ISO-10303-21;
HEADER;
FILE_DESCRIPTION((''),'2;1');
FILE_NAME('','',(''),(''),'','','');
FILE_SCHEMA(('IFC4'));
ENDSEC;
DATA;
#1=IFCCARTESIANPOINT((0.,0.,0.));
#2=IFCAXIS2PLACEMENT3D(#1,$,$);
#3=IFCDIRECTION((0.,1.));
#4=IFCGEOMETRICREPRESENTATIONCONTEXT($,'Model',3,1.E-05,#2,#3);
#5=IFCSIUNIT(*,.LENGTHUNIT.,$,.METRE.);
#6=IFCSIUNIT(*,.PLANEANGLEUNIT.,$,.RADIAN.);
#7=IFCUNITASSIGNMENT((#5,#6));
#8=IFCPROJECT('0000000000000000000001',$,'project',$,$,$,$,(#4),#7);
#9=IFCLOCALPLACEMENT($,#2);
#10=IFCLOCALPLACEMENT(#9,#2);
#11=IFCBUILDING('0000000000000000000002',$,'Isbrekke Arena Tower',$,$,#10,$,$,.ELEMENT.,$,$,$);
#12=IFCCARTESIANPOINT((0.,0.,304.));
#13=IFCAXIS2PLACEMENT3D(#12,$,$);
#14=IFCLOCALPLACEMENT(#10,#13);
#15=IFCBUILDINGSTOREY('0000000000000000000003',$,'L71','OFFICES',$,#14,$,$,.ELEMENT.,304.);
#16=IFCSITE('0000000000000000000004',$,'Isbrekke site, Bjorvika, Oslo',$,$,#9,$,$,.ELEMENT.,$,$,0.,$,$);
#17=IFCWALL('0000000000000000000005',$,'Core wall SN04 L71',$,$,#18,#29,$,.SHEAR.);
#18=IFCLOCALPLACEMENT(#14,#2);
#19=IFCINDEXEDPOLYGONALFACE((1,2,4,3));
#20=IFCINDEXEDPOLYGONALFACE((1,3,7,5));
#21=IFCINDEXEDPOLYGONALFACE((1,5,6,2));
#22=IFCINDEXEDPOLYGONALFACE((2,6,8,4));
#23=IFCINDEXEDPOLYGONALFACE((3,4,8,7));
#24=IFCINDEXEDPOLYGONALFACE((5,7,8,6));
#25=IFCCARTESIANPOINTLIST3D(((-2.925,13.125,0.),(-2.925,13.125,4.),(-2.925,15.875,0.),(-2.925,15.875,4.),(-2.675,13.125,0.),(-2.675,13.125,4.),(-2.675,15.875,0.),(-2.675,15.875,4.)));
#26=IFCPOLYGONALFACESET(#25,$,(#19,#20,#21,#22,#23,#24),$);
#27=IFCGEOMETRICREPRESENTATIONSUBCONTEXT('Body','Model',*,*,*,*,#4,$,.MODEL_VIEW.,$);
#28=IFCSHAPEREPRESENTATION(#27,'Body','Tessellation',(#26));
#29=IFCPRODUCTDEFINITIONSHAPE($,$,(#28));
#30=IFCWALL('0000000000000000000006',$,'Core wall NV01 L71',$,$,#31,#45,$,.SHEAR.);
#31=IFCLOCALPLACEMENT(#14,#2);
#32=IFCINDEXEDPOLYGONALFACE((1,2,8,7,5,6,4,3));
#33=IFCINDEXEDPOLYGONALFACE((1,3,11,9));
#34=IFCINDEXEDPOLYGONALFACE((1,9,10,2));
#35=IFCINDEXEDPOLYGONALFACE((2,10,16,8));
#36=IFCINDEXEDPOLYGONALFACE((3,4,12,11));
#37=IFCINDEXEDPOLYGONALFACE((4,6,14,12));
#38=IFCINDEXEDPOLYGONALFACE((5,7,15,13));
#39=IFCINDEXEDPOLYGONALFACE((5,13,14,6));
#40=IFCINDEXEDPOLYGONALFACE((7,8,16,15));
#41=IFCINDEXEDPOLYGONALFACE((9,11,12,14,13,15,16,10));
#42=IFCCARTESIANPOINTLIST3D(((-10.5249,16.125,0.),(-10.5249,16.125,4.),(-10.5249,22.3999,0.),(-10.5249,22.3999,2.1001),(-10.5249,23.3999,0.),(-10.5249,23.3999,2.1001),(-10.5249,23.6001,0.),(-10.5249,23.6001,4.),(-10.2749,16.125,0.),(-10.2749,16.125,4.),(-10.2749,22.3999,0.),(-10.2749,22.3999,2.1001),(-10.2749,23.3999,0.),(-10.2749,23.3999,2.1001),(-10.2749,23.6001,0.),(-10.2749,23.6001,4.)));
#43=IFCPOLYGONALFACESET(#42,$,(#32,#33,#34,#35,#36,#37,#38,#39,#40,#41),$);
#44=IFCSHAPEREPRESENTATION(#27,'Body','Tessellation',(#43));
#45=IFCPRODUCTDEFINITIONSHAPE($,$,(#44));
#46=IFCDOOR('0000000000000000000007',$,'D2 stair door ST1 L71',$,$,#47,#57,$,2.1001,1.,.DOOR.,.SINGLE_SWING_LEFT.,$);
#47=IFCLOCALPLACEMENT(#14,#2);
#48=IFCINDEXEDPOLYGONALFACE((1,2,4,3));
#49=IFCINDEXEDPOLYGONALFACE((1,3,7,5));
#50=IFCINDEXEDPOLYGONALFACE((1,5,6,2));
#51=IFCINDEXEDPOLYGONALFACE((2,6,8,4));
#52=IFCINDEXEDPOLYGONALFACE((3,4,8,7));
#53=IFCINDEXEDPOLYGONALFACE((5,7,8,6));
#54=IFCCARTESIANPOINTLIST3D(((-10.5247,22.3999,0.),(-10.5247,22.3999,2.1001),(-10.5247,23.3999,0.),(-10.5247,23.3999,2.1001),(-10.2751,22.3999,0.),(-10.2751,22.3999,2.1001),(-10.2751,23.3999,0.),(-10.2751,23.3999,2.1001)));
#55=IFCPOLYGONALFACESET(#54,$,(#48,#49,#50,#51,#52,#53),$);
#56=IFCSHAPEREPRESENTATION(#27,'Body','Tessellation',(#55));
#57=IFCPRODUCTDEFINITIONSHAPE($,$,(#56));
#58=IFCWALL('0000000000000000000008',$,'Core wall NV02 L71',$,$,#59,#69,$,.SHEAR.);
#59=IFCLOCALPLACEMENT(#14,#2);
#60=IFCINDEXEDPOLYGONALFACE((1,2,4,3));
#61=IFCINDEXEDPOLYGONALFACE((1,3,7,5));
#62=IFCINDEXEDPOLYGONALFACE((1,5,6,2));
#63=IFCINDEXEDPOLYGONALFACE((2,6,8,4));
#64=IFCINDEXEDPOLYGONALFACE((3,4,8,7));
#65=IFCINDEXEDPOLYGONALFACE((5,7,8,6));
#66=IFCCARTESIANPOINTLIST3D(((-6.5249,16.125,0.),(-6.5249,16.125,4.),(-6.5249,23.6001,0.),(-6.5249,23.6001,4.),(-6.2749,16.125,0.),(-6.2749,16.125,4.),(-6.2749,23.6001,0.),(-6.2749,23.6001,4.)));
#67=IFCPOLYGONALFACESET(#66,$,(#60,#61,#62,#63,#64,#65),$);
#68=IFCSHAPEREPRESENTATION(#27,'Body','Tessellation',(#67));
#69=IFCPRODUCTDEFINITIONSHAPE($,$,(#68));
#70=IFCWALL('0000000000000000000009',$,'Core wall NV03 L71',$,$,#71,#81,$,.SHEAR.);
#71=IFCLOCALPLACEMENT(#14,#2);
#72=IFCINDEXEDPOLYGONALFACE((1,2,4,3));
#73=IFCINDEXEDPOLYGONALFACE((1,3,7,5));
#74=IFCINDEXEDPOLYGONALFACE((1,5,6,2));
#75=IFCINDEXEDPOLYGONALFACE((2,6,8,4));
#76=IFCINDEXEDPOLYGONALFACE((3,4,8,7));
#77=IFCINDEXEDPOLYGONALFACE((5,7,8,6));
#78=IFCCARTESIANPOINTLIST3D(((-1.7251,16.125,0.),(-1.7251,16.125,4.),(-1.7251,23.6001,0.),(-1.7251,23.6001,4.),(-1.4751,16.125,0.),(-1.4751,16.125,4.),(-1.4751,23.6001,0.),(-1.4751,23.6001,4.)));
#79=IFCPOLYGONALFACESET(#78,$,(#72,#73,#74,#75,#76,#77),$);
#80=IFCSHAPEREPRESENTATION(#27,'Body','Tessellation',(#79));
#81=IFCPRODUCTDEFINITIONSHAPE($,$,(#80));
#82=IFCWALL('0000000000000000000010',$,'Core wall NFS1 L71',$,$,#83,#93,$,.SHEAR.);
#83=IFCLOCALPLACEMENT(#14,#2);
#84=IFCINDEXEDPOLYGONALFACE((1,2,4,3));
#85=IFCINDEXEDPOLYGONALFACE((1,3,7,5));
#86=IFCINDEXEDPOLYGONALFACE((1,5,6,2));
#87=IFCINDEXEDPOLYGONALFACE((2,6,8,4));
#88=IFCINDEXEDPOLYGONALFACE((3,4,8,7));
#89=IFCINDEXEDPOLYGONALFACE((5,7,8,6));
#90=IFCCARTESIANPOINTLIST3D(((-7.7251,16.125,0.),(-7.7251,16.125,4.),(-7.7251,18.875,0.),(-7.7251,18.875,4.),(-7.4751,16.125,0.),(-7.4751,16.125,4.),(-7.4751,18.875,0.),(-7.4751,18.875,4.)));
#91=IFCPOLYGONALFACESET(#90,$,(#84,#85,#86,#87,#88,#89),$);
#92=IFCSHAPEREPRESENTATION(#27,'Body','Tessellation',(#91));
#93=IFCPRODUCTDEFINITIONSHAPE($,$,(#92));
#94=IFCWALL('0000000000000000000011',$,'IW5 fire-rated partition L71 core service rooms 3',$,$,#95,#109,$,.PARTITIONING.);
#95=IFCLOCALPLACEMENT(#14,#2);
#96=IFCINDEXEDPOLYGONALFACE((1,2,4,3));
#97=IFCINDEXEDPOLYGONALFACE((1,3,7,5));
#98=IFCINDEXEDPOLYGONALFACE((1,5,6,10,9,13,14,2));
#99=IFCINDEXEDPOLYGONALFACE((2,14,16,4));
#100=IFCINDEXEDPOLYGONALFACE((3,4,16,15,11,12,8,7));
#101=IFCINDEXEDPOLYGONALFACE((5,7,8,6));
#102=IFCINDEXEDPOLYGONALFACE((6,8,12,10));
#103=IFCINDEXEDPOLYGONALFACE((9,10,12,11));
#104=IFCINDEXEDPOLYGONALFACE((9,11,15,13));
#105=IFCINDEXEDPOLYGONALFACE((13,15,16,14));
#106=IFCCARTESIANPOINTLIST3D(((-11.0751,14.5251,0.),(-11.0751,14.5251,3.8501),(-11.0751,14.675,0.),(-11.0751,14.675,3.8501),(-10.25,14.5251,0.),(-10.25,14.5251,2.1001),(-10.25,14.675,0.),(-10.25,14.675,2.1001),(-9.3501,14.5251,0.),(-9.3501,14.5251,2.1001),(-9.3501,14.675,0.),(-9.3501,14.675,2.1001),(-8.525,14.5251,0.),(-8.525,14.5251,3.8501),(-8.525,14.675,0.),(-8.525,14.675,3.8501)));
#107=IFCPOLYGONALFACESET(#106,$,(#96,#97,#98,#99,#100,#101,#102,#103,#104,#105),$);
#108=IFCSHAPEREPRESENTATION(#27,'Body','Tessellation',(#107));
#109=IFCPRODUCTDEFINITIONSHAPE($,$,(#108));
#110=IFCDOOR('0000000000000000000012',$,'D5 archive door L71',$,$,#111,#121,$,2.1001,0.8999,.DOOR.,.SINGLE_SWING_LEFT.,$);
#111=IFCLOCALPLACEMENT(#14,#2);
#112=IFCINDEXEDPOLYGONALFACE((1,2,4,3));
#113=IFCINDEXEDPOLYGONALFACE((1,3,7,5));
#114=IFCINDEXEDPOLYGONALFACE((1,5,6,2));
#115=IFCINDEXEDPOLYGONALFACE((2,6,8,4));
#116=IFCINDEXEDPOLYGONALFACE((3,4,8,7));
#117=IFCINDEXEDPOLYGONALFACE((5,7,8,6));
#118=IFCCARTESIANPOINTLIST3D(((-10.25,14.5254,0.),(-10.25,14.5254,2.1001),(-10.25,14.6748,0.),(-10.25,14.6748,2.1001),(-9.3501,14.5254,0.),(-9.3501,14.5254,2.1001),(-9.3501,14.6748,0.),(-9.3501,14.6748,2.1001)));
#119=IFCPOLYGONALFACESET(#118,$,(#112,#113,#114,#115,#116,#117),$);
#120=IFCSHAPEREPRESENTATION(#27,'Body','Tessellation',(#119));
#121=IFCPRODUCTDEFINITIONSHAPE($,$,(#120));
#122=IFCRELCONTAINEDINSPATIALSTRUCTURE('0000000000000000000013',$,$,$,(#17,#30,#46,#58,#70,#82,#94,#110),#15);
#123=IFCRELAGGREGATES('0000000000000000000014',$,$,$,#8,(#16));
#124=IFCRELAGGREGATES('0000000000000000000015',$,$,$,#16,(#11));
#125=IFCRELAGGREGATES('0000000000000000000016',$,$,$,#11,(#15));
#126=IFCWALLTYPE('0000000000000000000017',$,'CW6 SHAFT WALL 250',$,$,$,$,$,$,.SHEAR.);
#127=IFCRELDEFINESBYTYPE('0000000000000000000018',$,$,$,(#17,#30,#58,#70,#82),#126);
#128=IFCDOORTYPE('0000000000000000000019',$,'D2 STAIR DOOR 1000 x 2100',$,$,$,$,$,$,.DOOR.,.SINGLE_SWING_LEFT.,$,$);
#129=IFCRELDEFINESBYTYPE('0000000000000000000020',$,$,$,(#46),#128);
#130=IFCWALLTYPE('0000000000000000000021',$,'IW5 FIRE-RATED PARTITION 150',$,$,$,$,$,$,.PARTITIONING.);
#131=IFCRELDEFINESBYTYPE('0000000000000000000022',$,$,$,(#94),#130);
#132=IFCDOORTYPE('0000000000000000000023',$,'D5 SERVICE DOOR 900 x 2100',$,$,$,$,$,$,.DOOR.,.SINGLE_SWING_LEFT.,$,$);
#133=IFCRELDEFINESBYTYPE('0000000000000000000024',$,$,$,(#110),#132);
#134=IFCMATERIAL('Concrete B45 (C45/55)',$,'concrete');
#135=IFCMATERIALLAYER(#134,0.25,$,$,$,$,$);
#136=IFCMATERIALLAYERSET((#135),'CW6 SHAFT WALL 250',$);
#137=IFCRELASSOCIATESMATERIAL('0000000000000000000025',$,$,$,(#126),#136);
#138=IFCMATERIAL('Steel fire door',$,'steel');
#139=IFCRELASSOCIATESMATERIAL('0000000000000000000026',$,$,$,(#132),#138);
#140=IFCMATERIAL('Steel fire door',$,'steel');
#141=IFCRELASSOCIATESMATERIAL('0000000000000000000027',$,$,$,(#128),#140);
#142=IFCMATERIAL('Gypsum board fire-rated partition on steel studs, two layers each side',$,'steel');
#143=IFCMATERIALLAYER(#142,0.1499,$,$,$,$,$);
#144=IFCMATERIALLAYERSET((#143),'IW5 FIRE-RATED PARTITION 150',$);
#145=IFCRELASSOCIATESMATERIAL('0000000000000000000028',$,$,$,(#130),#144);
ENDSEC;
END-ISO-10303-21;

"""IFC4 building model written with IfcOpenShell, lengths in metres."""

from ifc_helpers import new_model, si_unit, direction, frame, frame_2d, origin, place, context, subcontext, project, spatial, rectangle, extrude, material, layer, layer_set, type_object, element, fill, save


model = new_model("IFC4")

# Units and contexts
model_context = context("Model", 3, precision=1e-05, world=origin(), true_north=direction((0.0, 1.0)))
body_context = subcontext(model_context, "Body", "Model", "MODEL_VIEW")
ifc_project = project(units=[si_unit("LENGTHUNIT", "METRE"), si_unit("PLANEANGLEUNIT", "RADIAN")], contexts=[model_context])

# Site, building, storey
site_placement = place(None, origin())
site = spatial("IfcSite", under=ifc_project, at=site_placement, Name="Isbrekke site, Bjorvika, Oslo", CompositionType="ELEMENT", RefElevation=0.0)
building_placement = place(site_placement, origin())
building = spatial("IfcBuilding", under=site, at=building_placement, Name="Isbrekke Arena Tower", CompositionType="ELEMENT")
storey_placement = place(building_placement, frame((0.0, 0.0, 304.0)))
storey = spatial("IfcBuildingStorey", under=building, at=storey_placement, Name="L71", Description="OFFICES", CompositionType="ELEMENT", Elevation=304.0)

# Shared definitions
ifc_material_1 = material(Name="Concrete B45 (C45/55)", Category="concrete")
ifc_layer_1 = layer(ifc_material_1, 0.25)
ifc_layer_set_1 = layer_set([ifc_layer_1], Name="CW6 SHAFT WALL 250")
wall_type_1 = type_object("IfcWallType", Name="CW6 SHAFT WALL 250", PredefinedType="SHEAR", material=ifc_layer_set_1)
ifc_material_2 = material(Name="Steel fire door", Category="steel")
door_type_1 = type_object("IfcDoorType", Name="D5 SERVICE DOOR 900 x 2100", OperationType="SINGLE_SWING_LEFT", PredefinedType="DOOR", material=ifc_material_2)

# Wall
for number, where, z_axis, x_axis, name in (
    (1, (-2.8, 13.125, 0.0), (0.0, 0.0, 1.0), (0.0, 1.0, 0.0), "Core wall SN04 L71"),
):
    element("IfcWall", number, at=place(storey_placement, frame(where, z_axis=z_axis, x_axis=x_axis)), inside=storey, type_object=wall_type_1, Name=name, PredefinedType="SHEAR", context=body_context, shape_type="SweptSolid", body=[
        extrude(rectangle(XDim=2.75, YDim=0.25, at=frame_2d((1.375, 0.0))), origin(), (0.0, 0.0, 1.0), 4.0),
    ])

# Wall, opening, door
wall_1_placement = place(storey_placement, frame((-10.3999, 16.125, 0.0), z_axis=(0.0, 0.0, 1.0), x_axis=(0.0, 1.0, 0.0)))
wall_1 = element("IfcWall", 2, at=wall_1_placement, inside=storey, type_object=wall_type_1, Name="Core wall NV01 L71", PredefinedType="SHEAR", context=body_context, shape_type="SweptSolid", body=[
    extrude(rectangle(XDim=7.4751, YDim=0.25, at=frame_2d((3.7375, 0.0))), origin(), (0.0, 0.0, 1.0), 4.0),
])
opening_1_placement = place(wall_1_placement, frame((6.2749, 0.0, 0.0)))
opening_1 = element("IfcOpeningElement", 3, at=opening_1_placement, cuts=wall_1, PredefinedType="OPENING", context=body_context, shape_type="SweptSolid", body=[
    extrude(rectangle(XDim=1.0, YDim=2.1001, at=frame_2d((0.5, 1.05))), frame((0.0, 0.1399, 0.0), z_axis=(0.0, -1.0, 0.0), x_axis=(1.0, 0.0, 0.0)), (0.0, 0.0, 1.0), 0.2798),
])
ifc_material_3 = material(Name="Steel fire door", Category="steel")
door_type_2 = type_object("IfcDoorType", Name="D2 STAIR DOOR 1000 x 2100", OperationType="SINGLE_SWING_LEFT", PredefinedType="DOOR", material=ifc_material_3)
door_1_placement = place(opening_1_placement, origin())
door_1 = element("IfcDoor", 4, at=door_1_placement, inside=storey, type_object=door_type_2, Name="D2 stair door ST1 L71", OperationType="SINGLE_SWING_LEFT", OverallHeight=2.1001, OverallWidth=1.0, PredefinedType="DOOR", context=body_context, shape_type="SweptSolid", body=[
    extrude(rectangle(XDim=1.0, YDim=2.1001, at=frame_2d((0.5, 1.05))), frame((0.0, 0.1248, 0.0), z_axis=(0.0, -1.0, 0.0), x_axis=(1.0, 0.0, 0.0)), (0.0, 0.0, 1.0), 0.2495),
])
fill(opening_1, door_1)

# Walls
for number, where, z_axis, x_axis, name in (
    (5, (-6.3999, 16.125, 0.0), (0.0, 0.0, 1.0), (0.0, 1.0, 0.0), "Core wall NV02 L71"),
    (6, (-1.6001, 16.125, 0.0), (0.0, 0.0, 1.0), (0.0, 1.0, 0.0), "Core wall NV03 L71"),
):
    element("IfcWall", number, at=place(storey_placement, frame(where, z_axis=z_axis, x_axis=x_axis)), inside=storey, type_object=wall_type_1, Name=name, PredefinedType="SHEAR", context=body_context, shape_type="SweptSolid", body=[
        extrude(rectangle(XDim=7.4751, YDim=0.25, at=frame_2d((3.7375, 0.0))), origin(), (0.0, 0.0, 1.0), 4.0),
    ])
wall_2_placement = place(storey_placement, frame((-7.6001, 16.125, 0.0), z_axis=(0.0, 0.0, 1.0), x_axis=(0.0, 1.0, 0.0)))
element("IfcWall", 7, at=wall_2_placement, inside=storey, type_object=wall_type_1, Name="Core wall NFS1 L71", PredefinedType="SHEAR", context=body_context, shape_type="SweptSolid", body=[
    extrude(rectangle(XDim=2.75, YDim=0.25, at=frame_2d((1.375, 0.0))), origin(), (0.0, 0.0, 1.0), 4.0),
])

# Wall, opening, door
ifc_material_4 = material(Name="Gypsum board fire-rated partition on steel studs, two layers each side", Category="steel")
ifc_layer_2 = layer(ifc_material_4, 0.1499)
ifc_layer_set_2 = layer_set([ifc_layer_2], Name="IW5 FIRE-RATED PARTITION 150")
wall_type_2 = type_object("IfcWallType", Name="IW5 FIRE-RATED PARTITION 150", PredefinedType="PARTITIONING", material=ifc_layer_set_2)
wall_3_placement = place(storey_placement, frame((-11.075, 14.6001, 0.0), z_axis=(0.0, 0.0, 1.0), x_axis=(1.0, 0.0, 0.0)))
wall_3 = element("IfcWall", 8, at=wall_3_placement, inside=storey, type_object=wall_type_2, Name="IW5 fire-rated partition L71 core service rooms 3", PredefinedType="PARTITIONING", context=body_context, shape_type="SweptSolid", body=[
    extrude(rectangle(XDim=2.55, YDim=0.1499, at=frame_2d((1.2749, 0.0))), origin(), (0.0, 0.0, 1.0), 3.8501),
])
opening_2_placement = place(wall_3_placement, frame((0.825, 0.0, 0.0)))
opening_2 = element("IfcOpeningElement", 9, at=opening_2_placement, cuts=wall_3, PredefinedType="OPENING", context=body_context, shape_type="SweptSolid", body=[
    extrude(rectangle(XDim=0.8999, YDim=2.1001, at=frame_2d((0.45, 1.05))), frame((0.0, 0.0898, 0.0), z_axis=(0.0, -1.0, 0.0), x_axis=(1.0, 0.0, 0.0)), (0.0, 0.0, 1.0), 0.1797),
])
door_2_placement = place(opening_2_placement, origin())
door_2 = element("IfcDoor", 10, at=door_2_placement, inside=storey, type_object=door_type_1, Name="D5 archive door L71", OperationType="SINGLE_SWING_LEFT", OverallHeight=2.1001, OverallWidth=0.8999, PredefinedType="DOOR", context=body_context, shape_type="SweptSolid", body=[
    extrude(rectangle(XDim=0.8999, YDim=2.1001, at=frame_2d((0.45, 1.05))), frame((0.0, 0.0747, 0.0), z_axis=(0.0, -1.0, 0.0), x_axis=(1.0, 0.0, 0.0)), (0.0, 0.0, 1.0), 0.1494),
])
fill(opening_2, door_2)

save(model, "model.ifc")
